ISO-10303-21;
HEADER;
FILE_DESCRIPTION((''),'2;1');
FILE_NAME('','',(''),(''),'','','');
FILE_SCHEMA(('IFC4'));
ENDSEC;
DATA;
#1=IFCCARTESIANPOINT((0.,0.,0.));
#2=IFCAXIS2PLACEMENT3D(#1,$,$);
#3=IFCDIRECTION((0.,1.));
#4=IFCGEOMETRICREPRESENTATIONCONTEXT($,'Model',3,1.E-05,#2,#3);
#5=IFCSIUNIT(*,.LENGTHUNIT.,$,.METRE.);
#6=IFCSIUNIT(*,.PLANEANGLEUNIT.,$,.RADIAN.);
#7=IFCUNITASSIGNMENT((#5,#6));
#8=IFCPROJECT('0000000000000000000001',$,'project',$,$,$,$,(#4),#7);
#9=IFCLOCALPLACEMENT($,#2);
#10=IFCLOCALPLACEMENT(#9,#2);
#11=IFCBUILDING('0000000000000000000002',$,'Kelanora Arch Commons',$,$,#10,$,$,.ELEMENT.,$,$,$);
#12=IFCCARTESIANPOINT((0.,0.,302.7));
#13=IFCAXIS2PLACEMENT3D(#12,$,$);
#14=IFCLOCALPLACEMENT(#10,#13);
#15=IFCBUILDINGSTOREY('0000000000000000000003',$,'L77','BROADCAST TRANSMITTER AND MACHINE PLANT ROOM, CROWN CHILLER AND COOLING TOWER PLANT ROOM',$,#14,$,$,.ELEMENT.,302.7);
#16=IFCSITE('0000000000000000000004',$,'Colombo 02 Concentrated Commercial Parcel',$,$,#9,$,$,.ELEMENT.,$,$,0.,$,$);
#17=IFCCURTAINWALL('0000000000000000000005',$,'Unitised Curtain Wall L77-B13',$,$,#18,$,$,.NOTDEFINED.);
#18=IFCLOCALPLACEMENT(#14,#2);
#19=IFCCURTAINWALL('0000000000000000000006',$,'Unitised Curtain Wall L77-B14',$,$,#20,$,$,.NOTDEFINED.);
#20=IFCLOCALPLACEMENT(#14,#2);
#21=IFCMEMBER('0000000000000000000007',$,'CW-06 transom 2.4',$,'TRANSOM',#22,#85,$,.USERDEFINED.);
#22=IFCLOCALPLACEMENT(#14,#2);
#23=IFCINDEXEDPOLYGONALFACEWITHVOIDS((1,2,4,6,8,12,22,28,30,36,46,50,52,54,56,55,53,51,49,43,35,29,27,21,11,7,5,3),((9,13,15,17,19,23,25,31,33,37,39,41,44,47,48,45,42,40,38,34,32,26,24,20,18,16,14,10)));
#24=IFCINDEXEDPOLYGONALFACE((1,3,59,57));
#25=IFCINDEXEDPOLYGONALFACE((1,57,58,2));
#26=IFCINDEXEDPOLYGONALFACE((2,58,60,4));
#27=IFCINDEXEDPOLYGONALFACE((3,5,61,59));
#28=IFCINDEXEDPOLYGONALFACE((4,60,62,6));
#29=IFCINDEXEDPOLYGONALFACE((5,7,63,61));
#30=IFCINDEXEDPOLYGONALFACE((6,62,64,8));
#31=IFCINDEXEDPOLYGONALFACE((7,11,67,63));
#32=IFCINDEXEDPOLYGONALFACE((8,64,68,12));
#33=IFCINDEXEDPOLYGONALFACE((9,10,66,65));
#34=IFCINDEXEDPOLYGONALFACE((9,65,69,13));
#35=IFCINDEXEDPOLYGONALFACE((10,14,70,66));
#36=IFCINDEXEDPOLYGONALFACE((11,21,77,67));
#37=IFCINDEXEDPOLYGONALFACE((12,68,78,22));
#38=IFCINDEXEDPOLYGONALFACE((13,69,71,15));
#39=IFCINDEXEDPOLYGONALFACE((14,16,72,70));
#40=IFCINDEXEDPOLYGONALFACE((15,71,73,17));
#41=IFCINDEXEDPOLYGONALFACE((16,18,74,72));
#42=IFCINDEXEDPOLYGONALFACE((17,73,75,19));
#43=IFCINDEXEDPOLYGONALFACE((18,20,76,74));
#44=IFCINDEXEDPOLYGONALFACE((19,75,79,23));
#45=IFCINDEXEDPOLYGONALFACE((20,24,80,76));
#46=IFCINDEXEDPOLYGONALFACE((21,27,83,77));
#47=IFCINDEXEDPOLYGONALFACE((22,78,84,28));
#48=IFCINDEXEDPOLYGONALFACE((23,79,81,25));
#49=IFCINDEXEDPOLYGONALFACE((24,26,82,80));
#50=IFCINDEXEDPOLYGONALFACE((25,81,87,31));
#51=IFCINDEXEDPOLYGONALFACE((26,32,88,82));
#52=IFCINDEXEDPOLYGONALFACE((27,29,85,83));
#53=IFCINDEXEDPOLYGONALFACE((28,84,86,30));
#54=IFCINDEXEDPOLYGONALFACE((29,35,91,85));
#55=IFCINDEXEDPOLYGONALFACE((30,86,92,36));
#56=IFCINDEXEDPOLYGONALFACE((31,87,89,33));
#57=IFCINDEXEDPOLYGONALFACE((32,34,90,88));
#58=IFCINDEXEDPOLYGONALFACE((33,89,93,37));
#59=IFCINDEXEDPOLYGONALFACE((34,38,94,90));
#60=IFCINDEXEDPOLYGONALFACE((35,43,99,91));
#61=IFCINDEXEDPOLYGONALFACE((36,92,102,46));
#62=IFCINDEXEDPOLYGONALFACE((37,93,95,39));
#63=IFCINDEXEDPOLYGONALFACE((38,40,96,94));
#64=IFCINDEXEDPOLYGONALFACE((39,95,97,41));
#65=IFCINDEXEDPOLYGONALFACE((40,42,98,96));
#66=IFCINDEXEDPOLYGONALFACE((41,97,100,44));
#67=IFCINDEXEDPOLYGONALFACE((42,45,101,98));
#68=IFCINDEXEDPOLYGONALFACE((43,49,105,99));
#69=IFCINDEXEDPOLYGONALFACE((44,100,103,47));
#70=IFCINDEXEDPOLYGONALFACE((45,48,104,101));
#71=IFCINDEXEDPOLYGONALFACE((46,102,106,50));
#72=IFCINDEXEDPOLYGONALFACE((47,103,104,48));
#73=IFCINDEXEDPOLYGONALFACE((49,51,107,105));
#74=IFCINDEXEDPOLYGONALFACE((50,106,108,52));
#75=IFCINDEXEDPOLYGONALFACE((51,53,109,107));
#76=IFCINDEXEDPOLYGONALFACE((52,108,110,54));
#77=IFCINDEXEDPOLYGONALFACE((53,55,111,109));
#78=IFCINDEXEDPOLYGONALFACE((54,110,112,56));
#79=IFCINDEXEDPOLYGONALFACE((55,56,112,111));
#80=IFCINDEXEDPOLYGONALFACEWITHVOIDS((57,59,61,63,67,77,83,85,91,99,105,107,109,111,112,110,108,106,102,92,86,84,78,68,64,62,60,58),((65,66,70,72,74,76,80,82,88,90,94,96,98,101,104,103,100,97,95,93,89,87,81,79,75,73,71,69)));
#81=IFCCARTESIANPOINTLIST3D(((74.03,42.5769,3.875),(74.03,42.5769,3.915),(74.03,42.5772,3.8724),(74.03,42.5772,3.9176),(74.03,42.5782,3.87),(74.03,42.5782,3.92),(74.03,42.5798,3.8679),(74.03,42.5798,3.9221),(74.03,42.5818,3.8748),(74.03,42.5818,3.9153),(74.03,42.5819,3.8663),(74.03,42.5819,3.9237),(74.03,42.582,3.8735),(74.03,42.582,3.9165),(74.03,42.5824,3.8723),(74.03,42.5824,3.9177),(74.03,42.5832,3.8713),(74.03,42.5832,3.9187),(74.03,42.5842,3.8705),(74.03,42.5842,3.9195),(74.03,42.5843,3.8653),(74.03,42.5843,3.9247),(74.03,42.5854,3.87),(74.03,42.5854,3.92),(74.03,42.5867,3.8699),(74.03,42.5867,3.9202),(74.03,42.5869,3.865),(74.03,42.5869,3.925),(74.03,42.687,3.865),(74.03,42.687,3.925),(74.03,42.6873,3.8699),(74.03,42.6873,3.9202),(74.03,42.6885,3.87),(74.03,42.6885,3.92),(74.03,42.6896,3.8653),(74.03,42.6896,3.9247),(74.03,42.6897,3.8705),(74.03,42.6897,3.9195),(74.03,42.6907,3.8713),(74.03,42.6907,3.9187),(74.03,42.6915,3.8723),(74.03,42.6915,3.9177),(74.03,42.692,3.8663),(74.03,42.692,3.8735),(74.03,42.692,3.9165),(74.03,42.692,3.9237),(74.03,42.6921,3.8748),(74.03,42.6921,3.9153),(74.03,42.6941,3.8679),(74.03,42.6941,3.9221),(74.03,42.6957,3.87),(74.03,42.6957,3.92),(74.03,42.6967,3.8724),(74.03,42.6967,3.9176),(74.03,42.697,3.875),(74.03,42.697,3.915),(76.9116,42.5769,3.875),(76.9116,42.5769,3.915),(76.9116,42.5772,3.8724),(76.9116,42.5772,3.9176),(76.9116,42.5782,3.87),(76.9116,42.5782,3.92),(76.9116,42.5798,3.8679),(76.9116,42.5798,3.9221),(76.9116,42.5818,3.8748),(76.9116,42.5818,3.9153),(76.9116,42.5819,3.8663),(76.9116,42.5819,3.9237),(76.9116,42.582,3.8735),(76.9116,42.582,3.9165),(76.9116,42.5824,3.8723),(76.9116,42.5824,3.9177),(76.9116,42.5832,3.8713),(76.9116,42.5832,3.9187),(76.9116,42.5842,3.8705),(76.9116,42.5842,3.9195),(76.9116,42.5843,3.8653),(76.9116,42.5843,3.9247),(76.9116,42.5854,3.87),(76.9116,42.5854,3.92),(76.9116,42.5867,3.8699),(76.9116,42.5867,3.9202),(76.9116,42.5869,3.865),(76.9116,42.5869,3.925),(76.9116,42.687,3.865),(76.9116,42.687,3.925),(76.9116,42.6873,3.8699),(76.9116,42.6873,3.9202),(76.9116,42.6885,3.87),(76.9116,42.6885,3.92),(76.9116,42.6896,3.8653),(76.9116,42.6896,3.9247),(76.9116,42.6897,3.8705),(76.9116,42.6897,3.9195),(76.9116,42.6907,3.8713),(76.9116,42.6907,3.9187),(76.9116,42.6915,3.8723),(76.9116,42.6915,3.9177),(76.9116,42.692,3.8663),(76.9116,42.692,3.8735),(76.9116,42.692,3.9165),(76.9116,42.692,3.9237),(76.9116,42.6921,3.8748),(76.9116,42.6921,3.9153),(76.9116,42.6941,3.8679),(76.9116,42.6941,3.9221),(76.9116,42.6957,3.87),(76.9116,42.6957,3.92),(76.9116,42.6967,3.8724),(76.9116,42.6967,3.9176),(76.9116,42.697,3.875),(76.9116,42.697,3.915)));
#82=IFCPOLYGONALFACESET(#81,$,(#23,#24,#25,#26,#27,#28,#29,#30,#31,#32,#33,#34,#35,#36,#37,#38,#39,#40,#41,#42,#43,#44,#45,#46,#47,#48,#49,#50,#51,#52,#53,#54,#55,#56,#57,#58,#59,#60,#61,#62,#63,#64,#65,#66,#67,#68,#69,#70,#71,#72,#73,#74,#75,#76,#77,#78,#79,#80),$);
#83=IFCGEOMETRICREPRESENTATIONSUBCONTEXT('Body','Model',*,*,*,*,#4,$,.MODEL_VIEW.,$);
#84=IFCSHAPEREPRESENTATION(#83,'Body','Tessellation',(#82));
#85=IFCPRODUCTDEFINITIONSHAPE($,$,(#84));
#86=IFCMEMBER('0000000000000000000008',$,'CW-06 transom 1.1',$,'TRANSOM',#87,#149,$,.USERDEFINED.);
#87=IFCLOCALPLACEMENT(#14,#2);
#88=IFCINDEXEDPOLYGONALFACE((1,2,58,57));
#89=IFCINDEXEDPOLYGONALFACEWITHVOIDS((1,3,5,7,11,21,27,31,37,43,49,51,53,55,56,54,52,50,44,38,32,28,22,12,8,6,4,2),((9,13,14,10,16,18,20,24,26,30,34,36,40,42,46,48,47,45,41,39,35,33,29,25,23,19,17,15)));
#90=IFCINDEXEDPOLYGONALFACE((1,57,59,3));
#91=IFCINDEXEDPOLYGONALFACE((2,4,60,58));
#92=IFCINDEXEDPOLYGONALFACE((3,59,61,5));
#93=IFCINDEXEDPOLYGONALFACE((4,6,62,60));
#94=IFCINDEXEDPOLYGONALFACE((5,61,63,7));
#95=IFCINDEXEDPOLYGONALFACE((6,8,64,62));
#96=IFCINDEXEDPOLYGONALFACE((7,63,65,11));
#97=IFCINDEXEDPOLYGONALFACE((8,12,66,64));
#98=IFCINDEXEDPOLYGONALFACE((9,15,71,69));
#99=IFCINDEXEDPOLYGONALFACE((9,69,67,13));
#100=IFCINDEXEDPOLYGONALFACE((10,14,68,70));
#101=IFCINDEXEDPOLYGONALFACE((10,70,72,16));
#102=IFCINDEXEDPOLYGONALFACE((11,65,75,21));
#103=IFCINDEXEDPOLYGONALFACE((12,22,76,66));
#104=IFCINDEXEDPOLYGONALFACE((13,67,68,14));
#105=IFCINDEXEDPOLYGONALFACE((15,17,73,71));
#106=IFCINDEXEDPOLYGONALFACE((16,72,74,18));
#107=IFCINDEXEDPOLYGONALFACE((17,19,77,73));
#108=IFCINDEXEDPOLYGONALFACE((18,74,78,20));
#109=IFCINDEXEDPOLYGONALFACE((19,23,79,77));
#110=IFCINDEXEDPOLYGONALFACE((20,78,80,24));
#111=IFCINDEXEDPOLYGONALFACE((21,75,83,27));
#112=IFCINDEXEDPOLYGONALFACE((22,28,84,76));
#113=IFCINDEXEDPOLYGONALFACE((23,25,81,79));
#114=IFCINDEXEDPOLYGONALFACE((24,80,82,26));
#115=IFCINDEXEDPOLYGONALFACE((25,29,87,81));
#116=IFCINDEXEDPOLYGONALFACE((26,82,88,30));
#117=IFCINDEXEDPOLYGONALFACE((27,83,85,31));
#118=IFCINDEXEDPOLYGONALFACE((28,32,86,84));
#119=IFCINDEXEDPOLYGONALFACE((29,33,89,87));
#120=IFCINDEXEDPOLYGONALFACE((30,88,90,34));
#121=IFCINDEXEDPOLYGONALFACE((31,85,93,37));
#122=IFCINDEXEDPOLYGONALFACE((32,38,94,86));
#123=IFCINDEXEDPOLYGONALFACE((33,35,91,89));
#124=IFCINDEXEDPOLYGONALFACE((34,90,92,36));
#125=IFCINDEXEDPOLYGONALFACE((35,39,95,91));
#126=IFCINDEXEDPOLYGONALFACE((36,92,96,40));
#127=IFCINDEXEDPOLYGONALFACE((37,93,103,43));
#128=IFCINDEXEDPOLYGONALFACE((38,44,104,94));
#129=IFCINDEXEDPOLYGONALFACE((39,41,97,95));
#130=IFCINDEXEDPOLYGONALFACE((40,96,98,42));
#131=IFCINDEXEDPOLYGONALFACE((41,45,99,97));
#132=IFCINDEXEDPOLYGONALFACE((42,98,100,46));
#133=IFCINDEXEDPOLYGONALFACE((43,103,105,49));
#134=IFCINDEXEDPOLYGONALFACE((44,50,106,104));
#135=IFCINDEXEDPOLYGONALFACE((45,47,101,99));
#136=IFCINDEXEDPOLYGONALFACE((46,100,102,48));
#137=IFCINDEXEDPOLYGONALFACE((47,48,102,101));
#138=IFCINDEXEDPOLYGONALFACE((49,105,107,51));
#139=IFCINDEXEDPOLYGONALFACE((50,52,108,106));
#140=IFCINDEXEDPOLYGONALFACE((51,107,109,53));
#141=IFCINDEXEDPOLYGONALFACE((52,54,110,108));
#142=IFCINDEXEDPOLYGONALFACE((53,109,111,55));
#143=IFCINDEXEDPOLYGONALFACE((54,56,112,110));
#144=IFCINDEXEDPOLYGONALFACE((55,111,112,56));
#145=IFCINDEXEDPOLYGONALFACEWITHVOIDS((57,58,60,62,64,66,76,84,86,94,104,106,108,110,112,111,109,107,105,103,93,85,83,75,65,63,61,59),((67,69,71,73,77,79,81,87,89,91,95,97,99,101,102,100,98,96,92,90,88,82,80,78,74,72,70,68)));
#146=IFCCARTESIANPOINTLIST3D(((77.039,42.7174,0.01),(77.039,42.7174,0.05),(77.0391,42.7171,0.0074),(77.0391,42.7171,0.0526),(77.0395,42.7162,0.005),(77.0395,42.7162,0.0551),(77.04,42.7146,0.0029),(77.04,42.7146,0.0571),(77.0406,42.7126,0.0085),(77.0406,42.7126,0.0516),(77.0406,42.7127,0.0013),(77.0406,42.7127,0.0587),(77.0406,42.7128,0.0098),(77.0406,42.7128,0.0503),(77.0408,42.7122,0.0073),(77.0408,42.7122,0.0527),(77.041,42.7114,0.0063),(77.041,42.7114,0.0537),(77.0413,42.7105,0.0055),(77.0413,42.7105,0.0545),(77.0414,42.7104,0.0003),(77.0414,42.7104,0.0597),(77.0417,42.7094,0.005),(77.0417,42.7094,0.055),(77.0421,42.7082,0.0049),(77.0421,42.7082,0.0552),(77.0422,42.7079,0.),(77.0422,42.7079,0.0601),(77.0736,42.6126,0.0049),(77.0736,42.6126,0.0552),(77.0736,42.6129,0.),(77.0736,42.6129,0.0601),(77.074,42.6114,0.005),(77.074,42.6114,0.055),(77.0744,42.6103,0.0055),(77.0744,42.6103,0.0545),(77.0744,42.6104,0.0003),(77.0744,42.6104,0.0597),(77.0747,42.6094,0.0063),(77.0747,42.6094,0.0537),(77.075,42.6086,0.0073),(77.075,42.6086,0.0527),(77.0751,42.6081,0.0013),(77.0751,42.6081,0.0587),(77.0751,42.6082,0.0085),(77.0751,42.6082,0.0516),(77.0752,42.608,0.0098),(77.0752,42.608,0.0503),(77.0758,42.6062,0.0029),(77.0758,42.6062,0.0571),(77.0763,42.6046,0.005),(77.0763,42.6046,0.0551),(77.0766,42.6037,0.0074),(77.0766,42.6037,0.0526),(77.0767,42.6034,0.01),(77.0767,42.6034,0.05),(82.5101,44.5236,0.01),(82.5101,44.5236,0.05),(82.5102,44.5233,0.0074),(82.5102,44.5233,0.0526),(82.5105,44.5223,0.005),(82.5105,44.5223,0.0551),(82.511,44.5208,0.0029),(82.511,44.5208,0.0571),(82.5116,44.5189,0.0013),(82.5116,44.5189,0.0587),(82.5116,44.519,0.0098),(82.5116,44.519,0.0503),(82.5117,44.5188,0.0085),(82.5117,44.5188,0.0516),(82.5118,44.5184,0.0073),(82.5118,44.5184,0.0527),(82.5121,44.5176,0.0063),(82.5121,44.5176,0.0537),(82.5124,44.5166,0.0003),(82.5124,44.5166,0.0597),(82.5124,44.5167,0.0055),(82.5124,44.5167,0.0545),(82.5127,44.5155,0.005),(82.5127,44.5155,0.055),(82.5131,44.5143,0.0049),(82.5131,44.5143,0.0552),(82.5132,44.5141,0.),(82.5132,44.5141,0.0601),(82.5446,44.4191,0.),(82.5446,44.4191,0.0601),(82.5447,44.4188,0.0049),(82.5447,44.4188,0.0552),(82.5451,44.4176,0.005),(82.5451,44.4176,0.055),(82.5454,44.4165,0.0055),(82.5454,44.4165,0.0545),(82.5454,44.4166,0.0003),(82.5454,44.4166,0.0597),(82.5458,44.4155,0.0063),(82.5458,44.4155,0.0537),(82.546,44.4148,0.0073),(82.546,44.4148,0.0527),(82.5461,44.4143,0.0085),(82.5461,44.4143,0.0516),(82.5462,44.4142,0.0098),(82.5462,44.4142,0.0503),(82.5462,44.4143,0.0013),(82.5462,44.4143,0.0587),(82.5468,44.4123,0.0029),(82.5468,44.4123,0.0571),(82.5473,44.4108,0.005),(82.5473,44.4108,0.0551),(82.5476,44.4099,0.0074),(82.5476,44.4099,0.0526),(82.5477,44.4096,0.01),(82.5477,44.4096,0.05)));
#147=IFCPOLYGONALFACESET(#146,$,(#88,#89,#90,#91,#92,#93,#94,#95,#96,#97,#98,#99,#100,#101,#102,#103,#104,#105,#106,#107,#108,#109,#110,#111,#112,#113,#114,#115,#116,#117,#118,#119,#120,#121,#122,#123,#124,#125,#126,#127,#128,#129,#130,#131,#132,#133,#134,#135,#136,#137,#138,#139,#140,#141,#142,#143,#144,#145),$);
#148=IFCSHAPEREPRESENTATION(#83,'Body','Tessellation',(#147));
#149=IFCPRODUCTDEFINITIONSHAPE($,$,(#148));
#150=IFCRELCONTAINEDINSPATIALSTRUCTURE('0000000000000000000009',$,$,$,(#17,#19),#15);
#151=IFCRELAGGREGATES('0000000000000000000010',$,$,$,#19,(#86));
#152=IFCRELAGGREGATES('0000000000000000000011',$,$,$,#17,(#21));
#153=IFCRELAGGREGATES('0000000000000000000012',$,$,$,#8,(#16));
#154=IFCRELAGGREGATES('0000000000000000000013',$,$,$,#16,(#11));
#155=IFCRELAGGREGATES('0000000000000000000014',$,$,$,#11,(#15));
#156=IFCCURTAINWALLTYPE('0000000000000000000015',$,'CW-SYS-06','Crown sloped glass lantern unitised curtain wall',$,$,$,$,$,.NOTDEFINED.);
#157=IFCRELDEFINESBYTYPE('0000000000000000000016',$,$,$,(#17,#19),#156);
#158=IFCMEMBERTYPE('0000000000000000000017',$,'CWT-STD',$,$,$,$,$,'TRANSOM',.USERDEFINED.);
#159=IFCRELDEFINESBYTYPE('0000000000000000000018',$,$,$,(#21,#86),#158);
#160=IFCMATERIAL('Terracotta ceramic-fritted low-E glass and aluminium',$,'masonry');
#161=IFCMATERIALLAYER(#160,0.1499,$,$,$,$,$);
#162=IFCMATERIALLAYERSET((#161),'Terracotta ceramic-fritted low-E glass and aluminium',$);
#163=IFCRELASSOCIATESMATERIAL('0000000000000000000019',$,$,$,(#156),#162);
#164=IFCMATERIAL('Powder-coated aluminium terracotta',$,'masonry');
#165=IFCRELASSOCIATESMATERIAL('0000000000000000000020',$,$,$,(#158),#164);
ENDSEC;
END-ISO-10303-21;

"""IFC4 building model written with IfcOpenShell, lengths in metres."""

from ifc_helpers import new_model, si_unit, direction, frame, origin, origin_2d, place, context, subcontext, project, spatial, hollow_rectangle, extrude, material, layer, layer_set, material_profile, profile_set, type_object, element, aggregate, save


model = new_model("IFC4")

# Units and contexts
model_context = context("Model", 3, precision=1e-05, world=origin(), true_north=direction((0.0, 1.0)))
body_context = subcontext(model_context, "Body", "Model", "MODEL_VIEW")
ifc_project = project(units=[si_unit("LENGTHUNIT", "METRE"), si_unit("PLANEANGLEUNIT", "RADIAN")], contexts=[model_context])

# Site, building, storey
site_placement = place(None, origin())
site = spatial("IfcSite", under=ifc_project, at=site_placement, Name="Colombo 02 Concentrated Commercial Parcel", CompositionType="ELEMENT", RefElevation=0.0)
building_placement = place(site_placement, origin())
building = spatial("IfcBuilding", under=site, at=building_placement, Name="Kelanora Arch Commons", CompositionType="ELEMENT")
storey_placement = place(building_placement, frame((0.0, 0.0, 302.7)))
storey = spatial("IfcBuildingStorey", under=building, at=storey_placement, Name="L77", Description="BROADCAST TRANSMITTER AND MACHINE PLANT ROOM, CROWN CHILLER AND COOLING TOWER PLANT ROOM", CompositionType="ELEMENT", Elevation=302.7)

# Curtain wall
ifc_material_1 = material(Name="Terracotta ceramic-fritted low-E glass and aluminium", Category="masonry")
ifc_layer_1 = layer(ifc_material_1, 0.1499)
ifc_layer_set_1 = layer_set([ifc_layer_1], Name="Terracotta ceramic-fritted low-E glass and aluminium")
curtain_wall_type = type_object("IfcCurtainWallType", Name="CW-SYS-06", Description="Crown sloped glass lantern unitised curtain wall", PredefinedType="NOTDEFINED", material=ifc_layer_set_1)
curtain_wall_1_placement = place(storey_placement, origin())
curtain_wall_1 = element("IfcCurtainWall", 1, at=curtain_wall_1_placement, inside=storey, type_object=curtain_wall_type, Name="Unitised Curtain Wall L77-B13", PredefinedType="NOTDEFINED")
ifc_material_2 = material(Name="Powder-coated aluminium terracotta", Category="masonry")

# Curtain wall
curtain_wall_2_placement = place(storey_placement, origin())
curtain_wall_2 = element("IfcCurtainWall", 2, at=curtain_wall_2_placement, inside=storey, type_object=curtain_wall_type, Name="Unitised Curtain Wall L77-B14", PredefinedType="NOTDEFINED")

# Members
ifc_material_profile_1 = material_profile(ifc_material_2, hollow_rectangle(XDim=0.1201, YDim=0.0601, WallThickness=0.0049, InnerFilletRadius=0.0049, OuterFilletRadius=0.01, at=origin_2d()), Name="CWT120x60")
ifc_profile_set_1 = profile_set([ifc_material_profile_1], Name="Powder-coated aluminium terracotta")
member_type_1 = type_object("IfcMemberType", Name="CWT-STD", ElementType="TRANSOM", PredefinedType="USERDEFINED", material=ifc_profile_set_1)
member_1_placement = place(storey_placement, frame((74.03, 42.637, 3.895), z_axis=(1.0, 0.0, 0.0), x_axis=(0.0, 1.0, 0.0)))
member_1 = element("IfcMember", 3, at=member_1_placement, type_object=member_type_1, Name="CW-06 transom 2.4", ObjectType="TRANSOM", PredefinedType="USERDEFINED", context=body_context, shape_type="SweptSolid", body=[
    extrude(hollow_rectangle(XDim=0.1201, YDim=0.0601, WallThickness=0.0049, InnerFilletRadius=0.0049, OuterFilletRadius=0.01, at=origin_2d()), origin(), (0.0, 0.0, 1.0), 2.8816),
])
member_2_placement = place(storey_placement, frame((77.0579, 42.6604, 0.03), z_axis=(0.94959, 0.313493, 0.0), x_axis=(-0.313493, 0.94959, 0.0)))
member_2 = element("IfcMember", 4, at=member_2_placement, type_object=member_type_1, Name="CW-06 transom 1.1", ObjectType="TRANSOM", PredefinedType="USERDEFINED", context=body_context, shape_type="SweptSolid", body=[
    extrude(hollow_rectangle(XDim=0.1201, YDim=0.0601, WallThickness=0.0049, InnerFilletRadius=0.0049, OuterFilletRadius=0.01, at=origin_2d()), origin(), (0.0, 0.0, 1.0), 5.7615),
])

aggregate(curtain_wall_2, [member_2])
aggregate(curtain_wall_1, [member_1])

save(model, "model.ifc")
